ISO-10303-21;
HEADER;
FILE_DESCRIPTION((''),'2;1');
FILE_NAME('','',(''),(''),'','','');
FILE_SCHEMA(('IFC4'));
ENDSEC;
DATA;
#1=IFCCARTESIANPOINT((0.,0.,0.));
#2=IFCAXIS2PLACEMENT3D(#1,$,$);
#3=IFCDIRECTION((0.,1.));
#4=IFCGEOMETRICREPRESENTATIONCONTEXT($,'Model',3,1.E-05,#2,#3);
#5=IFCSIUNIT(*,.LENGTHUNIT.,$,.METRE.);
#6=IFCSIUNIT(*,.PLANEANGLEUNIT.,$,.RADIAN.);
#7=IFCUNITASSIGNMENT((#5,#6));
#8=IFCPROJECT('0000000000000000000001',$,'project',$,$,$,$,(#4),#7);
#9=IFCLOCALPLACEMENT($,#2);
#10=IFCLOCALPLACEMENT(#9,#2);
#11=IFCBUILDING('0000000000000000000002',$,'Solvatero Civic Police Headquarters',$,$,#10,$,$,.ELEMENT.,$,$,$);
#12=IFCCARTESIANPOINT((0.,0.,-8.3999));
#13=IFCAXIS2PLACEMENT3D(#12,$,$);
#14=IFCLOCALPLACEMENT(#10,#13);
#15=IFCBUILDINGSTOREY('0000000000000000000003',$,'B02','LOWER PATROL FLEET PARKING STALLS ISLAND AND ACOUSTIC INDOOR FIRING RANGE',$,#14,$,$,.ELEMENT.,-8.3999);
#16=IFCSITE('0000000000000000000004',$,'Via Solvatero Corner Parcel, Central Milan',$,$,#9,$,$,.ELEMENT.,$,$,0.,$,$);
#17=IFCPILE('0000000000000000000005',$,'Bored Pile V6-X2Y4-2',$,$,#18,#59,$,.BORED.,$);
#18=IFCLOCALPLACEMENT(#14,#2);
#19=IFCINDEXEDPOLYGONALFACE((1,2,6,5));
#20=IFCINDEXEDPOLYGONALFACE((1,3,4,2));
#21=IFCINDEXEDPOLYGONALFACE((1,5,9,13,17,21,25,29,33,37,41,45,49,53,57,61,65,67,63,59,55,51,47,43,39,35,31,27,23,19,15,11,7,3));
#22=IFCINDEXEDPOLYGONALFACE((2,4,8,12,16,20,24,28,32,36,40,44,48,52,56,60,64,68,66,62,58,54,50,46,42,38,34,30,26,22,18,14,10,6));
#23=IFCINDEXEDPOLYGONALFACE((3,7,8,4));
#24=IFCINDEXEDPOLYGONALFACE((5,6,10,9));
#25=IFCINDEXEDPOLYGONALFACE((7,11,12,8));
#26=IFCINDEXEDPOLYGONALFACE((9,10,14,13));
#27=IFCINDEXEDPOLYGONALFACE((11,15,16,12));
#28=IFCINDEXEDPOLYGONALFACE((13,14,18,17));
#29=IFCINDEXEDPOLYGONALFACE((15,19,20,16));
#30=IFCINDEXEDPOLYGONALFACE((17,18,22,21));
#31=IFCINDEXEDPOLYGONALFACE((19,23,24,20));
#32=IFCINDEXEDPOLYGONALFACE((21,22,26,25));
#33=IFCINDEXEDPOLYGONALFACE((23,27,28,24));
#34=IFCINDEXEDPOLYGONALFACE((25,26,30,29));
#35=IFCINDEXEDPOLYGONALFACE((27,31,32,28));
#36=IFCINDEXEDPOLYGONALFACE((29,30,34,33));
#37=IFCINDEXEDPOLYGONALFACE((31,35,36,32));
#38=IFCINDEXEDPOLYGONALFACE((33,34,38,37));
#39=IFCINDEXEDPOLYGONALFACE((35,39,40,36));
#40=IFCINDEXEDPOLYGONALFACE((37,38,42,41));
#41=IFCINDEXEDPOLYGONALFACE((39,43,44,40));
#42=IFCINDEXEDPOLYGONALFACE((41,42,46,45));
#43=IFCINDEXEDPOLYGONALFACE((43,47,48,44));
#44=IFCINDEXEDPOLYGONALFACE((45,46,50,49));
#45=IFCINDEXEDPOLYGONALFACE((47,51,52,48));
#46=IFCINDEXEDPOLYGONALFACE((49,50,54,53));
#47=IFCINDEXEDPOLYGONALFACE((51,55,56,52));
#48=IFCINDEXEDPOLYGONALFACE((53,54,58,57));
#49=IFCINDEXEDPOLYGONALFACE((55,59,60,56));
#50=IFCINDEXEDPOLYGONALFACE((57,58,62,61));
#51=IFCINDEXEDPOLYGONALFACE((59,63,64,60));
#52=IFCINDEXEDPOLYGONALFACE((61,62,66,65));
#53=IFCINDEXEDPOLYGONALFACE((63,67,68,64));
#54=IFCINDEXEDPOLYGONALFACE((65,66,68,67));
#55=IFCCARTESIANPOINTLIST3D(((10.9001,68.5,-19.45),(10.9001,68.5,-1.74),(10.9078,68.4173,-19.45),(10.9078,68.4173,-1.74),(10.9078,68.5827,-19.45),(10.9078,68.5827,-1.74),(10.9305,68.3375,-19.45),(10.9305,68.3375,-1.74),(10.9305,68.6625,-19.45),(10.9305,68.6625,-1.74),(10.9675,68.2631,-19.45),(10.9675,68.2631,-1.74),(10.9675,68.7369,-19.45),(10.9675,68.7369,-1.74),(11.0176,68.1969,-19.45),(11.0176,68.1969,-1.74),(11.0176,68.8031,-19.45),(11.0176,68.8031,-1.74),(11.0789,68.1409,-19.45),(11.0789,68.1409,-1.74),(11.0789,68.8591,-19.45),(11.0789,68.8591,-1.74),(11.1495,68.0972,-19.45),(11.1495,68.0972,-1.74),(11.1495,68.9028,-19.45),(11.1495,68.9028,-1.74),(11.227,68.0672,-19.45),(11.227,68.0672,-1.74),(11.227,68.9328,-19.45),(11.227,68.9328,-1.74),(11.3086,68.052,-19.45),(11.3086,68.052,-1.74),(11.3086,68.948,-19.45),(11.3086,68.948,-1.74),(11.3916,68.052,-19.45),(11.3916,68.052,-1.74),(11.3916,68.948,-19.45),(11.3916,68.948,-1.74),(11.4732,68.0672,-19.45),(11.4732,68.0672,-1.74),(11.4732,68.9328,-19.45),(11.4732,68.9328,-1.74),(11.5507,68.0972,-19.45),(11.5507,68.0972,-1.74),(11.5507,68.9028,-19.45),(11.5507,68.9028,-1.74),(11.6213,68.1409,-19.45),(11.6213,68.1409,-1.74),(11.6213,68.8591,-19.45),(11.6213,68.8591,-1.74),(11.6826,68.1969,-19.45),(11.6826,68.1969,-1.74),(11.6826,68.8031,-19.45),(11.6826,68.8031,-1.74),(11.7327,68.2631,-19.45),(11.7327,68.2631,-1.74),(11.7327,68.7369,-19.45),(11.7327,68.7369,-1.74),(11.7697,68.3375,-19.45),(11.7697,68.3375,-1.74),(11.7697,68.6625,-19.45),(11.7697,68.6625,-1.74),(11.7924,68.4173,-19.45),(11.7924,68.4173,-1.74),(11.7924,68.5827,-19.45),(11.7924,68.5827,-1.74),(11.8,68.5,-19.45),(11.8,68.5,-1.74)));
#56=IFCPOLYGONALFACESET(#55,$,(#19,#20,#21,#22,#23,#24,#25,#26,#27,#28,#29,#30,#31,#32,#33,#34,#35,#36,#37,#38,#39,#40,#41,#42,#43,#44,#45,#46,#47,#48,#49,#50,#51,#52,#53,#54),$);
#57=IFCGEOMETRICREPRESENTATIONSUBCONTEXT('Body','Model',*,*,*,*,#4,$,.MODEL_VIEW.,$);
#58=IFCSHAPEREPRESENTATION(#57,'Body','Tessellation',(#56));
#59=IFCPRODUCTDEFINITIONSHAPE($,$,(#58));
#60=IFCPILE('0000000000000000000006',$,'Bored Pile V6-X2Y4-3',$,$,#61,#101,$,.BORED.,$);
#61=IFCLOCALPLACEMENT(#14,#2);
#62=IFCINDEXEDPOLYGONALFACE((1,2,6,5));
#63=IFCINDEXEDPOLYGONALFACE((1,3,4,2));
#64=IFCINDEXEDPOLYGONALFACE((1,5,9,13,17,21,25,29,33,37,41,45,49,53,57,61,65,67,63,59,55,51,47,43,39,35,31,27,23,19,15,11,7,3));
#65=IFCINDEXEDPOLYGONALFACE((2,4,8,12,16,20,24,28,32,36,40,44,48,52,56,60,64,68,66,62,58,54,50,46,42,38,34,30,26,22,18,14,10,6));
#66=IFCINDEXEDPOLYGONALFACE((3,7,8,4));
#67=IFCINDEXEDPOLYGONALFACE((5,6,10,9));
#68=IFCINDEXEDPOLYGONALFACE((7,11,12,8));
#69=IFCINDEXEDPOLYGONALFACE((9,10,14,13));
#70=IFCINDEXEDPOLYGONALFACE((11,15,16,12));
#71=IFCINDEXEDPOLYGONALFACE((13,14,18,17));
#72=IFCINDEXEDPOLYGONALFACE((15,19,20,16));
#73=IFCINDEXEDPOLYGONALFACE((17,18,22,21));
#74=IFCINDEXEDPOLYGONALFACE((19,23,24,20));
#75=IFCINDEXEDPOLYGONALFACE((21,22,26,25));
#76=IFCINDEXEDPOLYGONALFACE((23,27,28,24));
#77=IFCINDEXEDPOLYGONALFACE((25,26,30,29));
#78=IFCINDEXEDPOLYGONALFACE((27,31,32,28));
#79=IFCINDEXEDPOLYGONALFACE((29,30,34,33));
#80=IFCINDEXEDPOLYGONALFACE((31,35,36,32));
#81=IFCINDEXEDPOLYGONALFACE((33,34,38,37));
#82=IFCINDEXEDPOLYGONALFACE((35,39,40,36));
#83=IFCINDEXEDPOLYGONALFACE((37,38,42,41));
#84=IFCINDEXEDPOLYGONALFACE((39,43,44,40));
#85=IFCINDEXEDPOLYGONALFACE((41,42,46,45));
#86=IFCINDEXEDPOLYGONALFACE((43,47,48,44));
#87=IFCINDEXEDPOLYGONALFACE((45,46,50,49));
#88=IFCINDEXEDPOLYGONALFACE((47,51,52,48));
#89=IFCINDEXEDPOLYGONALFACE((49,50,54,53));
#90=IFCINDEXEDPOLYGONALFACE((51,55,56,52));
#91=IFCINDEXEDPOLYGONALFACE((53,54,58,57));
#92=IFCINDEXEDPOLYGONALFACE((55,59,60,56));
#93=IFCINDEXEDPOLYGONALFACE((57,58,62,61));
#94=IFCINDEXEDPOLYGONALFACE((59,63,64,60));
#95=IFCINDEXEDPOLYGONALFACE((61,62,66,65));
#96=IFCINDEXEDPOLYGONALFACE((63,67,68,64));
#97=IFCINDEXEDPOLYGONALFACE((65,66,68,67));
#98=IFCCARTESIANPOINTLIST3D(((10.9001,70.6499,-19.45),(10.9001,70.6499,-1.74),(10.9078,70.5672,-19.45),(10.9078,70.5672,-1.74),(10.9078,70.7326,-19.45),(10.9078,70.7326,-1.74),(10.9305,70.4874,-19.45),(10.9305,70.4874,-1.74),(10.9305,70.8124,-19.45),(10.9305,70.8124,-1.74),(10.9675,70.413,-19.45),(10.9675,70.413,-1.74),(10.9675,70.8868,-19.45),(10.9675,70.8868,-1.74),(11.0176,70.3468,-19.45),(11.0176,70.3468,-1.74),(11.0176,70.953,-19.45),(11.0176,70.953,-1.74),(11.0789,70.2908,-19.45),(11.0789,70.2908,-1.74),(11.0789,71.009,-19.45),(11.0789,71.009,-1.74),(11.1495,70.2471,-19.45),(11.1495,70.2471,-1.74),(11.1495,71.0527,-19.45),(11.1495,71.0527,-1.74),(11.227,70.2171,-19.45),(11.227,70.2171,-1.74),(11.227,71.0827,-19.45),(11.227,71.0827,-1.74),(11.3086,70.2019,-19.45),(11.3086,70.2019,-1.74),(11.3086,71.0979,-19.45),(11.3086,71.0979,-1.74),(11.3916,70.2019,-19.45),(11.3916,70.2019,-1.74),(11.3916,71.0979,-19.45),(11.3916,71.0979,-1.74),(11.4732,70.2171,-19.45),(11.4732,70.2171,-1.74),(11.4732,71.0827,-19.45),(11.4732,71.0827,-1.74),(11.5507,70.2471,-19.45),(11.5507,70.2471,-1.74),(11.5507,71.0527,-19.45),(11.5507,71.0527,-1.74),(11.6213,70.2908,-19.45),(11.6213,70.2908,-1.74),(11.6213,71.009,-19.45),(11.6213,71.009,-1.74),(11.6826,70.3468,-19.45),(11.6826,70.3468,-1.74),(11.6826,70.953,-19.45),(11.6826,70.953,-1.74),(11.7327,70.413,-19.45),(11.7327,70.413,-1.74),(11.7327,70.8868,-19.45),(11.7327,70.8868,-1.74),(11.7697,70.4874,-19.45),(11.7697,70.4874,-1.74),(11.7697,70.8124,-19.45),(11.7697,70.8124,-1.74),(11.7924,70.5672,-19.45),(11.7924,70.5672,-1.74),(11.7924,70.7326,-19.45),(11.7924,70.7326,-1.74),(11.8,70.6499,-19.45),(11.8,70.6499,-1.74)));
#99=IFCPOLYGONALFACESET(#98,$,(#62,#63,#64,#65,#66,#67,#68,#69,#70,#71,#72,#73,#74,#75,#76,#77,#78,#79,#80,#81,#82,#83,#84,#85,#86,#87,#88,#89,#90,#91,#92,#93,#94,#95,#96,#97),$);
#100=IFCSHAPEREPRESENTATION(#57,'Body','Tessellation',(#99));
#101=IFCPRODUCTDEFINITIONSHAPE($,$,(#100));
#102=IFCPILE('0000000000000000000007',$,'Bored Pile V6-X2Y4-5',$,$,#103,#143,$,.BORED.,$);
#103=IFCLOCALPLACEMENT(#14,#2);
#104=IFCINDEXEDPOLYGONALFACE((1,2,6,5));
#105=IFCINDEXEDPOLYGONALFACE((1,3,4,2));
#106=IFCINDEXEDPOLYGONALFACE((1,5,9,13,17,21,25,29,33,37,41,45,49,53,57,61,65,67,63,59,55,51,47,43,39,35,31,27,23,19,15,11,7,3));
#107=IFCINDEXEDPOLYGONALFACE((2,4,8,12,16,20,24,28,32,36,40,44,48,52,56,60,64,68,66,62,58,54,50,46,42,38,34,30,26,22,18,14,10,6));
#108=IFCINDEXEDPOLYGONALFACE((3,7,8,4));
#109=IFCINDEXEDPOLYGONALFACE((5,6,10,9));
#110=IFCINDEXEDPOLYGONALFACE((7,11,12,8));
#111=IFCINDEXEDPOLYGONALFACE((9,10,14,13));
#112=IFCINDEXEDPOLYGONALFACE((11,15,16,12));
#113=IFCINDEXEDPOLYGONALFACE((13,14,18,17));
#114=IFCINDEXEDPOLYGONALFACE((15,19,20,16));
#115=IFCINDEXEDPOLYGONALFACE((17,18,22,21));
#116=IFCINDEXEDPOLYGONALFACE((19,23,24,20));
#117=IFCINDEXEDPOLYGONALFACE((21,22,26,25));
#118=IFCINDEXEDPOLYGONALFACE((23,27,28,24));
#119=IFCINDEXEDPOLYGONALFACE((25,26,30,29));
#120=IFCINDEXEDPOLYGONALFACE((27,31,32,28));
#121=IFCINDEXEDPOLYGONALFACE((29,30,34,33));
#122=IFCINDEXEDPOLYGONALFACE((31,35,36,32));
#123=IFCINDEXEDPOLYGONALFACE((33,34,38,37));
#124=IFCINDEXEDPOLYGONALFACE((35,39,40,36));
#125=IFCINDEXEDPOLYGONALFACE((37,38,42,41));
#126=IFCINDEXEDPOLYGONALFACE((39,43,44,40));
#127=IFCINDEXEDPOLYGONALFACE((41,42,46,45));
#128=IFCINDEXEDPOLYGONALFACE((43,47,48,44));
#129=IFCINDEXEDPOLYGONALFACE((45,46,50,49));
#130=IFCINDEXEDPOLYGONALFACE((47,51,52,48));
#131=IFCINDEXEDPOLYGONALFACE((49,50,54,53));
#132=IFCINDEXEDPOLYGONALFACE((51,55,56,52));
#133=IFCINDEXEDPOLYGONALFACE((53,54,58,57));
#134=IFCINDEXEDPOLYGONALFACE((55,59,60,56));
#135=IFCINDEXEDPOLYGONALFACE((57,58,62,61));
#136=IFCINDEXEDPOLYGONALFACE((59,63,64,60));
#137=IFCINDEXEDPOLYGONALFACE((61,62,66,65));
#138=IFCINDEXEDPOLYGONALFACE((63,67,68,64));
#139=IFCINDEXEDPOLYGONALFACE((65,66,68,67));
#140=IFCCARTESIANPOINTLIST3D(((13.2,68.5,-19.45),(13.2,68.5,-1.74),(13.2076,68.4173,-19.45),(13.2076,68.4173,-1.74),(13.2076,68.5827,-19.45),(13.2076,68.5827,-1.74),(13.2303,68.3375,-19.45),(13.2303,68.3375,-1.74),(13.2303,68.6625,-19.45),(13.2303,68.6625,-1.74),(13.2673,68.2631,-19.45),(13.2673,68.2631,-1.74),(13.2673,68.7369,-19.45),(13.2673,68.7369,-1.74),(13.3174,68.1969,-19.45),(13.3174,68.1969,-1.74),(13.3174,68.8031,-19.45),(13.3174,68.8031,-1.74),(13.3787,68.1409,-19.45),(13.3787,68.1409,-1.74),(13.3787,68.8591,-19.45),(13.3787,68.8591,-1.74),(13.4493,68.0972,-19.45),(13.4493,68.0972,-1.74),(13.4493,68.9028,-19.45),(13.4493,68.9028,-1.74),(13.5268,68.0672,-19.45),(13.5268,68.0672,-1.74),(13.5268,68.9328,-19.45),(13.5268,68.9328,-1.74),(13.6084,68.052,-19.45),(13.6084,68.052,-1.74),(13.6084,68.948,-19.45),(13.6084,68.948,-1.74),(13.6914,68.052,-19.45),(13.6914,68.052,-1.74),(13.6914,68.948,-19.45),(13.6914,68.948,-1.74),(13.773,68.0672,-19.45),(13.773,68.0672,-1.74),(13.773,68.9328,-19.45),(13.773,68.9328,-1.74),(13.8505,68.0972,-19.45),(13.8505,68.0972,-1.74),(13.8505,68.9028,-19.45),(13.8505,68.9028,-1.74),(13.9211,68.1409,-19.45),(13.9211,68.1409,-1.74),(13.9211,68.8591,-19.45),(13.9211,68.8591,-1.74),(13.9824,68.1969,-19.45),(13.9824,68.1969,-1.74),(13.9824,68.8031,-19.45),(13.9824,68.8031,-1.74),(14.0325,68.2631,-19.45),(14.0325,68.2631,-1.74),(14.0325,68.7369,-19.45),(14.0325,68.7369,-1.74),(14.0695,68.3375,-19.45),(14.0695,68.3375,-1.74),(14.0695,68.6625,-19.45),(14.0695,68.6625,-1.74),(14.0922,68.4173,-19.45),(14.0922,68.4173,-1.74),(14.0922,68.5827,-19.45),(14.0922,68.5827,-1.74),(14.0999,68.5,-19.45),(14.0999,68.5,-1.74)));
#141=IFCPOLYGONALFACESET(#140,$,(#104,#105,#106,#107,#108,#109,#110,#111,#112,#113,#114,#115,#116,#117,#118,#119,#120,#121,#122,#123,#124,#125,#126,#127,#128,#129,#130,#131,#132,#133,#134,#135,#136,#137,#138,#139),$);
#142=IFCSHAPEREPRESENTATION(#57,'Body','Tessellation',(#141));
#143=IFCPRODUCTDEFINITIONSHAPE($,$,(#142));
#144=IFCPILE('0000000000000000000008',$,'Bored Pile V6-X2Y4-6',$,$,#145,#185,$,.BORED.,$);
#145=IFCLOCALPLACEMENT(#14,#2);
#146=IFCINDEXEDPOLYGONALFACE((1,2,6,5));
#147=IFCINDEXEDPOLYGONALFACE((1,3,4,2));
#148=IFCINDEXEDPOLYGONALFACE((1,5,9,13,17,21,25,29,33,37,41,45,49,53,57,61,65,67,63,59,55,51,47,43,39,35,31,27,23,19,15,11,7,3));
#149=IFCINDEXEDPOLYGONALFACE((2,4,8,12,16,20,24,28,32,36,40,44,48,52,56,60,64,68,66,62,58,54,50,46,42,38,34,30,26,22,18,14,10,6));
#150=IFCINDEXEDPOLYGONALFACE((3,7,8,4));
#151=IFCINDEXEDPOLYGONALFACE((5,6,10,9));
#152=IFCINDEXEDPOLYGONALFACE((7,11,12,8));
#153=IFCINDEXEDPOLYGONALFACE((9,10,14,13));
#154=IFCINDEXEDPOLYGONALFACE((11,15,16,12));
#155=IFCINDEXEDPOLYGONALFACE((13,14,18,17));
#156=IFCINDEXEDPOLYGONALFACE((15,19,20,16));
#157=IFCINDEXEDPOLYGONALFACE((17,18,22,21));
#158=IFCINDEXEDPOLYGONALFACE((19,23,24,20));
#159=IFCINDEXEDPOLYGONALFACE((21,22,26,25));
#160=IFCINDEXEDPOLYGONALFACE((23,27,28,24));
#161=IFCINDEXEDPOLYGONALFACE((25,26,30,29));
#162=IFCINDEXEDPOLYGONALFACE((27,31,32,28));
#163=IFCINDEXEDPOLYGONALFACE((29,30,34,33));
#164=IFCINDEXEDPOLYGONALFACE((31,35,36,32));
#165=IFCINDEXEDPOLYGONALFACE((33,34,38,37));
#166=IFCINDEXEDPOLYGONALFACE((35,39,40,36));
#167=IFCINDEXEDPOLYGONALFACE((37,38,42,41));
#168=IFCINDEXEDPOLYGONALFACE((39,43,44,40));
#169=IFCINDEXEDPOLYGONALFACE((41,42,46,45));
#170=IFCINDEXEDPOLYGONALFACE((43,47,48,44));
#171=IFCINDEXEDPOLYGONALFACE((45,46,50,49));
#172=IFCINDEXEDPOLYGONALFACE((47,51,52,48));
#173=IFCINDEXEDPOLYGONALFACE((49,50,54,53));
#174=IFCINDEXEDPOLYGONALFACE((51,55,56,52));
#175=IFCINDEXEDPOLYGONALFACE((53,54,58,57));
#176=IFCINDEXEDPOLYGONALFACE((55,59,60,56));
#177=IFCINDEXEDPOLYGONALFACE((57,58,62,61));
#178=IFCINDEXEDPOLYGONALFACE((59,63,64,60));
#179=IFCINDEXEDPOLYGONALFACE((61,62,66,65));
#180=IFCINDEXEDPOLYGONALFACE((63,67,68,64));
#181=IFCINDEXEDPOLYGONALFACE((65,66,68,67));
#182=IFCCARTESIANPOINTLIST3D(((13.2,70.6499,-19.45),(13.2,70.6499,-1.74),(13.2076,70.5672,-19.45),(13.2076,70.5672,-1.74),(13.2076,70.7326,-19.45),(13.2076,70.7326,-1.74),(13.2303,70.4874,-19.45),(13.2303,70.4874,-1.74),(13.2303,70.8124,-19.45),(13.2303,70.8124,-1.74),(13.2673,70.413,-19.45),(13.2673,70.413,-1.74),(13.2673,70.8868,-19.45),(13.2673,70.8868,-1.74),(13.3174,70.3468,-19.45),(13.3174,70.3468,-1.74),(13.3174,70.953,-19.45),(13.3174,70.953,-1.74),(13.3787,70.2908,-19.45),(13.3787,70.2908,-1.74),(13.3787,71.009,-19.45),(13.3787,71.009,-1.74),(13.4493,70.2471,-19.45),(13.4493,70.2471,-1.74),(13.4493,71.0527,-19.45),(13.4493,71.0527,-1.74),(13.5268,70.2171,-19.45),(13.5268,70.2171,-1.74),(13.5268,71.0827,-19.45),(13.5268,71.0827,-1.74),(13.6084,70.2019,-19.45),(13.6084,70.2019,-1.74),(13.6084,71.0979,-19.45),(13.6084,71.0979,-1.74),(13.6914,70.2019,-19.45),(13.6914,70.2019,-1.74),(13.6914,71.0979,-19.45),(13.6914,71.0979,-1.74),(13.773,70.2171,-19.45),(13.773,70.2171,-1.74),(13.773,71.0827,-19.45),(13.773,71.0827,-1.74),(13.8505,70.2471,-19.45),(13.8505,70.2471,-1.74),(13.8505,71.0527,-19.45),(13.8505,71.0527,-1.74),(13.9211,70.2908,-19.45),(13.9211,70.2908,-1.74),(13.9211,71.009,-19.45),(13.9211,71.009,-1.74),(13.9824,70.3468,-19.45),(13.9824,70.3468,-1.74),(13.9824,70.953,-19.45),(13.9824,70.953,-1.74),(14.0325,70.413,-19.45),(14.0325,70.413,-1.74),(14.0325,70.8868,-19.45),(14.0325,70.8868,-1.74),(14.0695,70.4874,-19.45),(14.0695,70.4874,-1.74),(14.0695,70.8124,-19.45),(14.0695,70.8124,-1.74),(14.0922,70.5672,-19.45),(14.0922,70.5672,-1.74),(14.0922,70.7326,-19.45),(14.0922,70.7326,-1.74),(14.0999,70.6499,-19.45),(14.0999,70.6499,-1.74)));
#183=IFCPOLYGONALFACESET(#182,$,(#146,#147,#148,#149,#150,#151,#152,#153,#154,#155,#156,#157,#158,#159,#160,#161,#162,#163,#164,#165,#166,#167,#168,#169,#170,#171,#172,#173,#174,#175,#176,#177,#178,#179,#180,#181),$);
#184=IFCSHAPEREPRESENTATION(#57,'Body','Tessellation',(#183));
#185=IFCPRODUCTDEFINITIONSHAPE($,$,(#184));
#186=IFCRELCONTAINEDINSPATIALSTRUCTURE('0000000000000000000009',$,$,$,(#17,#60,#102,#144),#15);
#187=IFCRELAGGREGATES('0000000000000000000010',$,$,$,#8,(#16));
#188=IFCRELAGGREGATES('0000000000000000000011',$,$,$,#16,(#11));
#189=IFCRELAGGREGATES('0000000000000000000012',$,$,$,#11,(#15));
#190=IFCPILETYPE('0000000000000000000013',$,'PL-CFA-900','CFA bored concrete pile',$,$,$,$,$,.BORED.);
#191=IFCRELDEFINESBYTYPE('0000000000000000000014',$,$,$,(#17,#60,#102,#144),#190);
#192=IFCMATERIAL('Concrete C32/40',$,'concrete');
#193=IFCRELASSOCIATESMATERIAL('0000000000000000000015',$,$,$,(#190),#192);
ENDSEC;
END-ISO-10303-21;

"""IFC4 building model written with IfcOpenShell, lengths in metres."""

from ifc_helpers import new_model, si_unit, direction, frame, origin, origin_2d, place, context, subcontext, project, spatial, circle, extrude, material, material_profile, profile_set, type_object, element, save


model = new_model("IFC4")

# Units and contexts
model_context = context("Model", 3, precision=1e-05, world=origin(), true_north=direction((0.0, 1.0)))
body_context = subcontext(model_context, "Body", "Model", "MODEL_VIEW")
ifc_project = project(units=[si_unit("LENGTHUNIT", "METRE"), si_unit("PLANEANGLEUNIT", "RADIAN")], contexts=[model_context])

# Site, building, storey
site_placement = place(None, origin())
site = spatial("IfcSite", under=ifc_project, at=site_placement, Name="Via Solvatero Corner Parcel, Central Milan", CompositionType="ELEMENT", RefElevation=0.0)
building_placement = place(site_placement, origin())
building = spatial("IfcBuilding", under=site, at=building_placement, Name="Solvatero Civic Police Headquarters", CompositionType="ELEMENT")
storey_placement = place(building_placement, frame((0.0, 0.0, -8.3999)))
storey = spatial("IfcBuildingStorey", under=building, at=storey_placement, Name="B02", Description="LOWER PATROL FLEET PARKING STALLS ISLAND AND ACOUSTIC INDOOR FIRING RANGE", CompositionType="ELEMENT", Elevation=-8.3999)

# Piles
ifc_material_1 = material(Name="Concrete C32/40", Category="concrete")
ifc_material_profile_1 = material_profile(ifc_material_1, circle(Radius=0.45, at=origin_2d()), Name="CFA PILE D900")
ifc_profile_set_1 = profile_set([ifc_material_profile_1], Name="Concrete C32/40")
pile_type = type_object("IfcPileType", Name="PL-CFA-900", Description="CFA bored concrete pile", PredefinedType="BORED", material=ifc_profile_set_1)
for number, where, z_axis, x_axis, name in (
    (1, (11.3501, 68.5, -1.74), (0.0, 0.0, -1.0), (1.0, 0.0, 0.0), "Bored Pile V6-X2Y4-2"),
    (2, (11.3501, 70.6499, -1.74), (0.0, 0.0, -1.0), (1.0, 0.0, 0.0), "Bored Pile V6-X2Y4-3"),
    (3, (13.6499, 68.5, -1.74), (0.0, 0.0, -1.0), (1.0, 0.0, 0.0), "Bored Pile V6-X2Y4-5"),
    (4, (13.6499, 70.6499, -1.74), (0.0, 0.0, -1.0), (1.0, 0.0, 0.0), "Bored Pile V6-X2Y4-6"),
):
    element("IfcPile", number, at=place(storey_placement, frame(where, z_axis=z_axis, x_axis=x_axis)), inside=storey, type_object=pile_type, Name=name, PredefinedType="BORED", context=body_context, shape_type="SweptSolid", body=[
        extrude(circle(Radius=0.45, at=origin_2d()), origin(), (0.0, 0.0, 1.0), 17.71),
    ])

save(model, "model.ifc")
